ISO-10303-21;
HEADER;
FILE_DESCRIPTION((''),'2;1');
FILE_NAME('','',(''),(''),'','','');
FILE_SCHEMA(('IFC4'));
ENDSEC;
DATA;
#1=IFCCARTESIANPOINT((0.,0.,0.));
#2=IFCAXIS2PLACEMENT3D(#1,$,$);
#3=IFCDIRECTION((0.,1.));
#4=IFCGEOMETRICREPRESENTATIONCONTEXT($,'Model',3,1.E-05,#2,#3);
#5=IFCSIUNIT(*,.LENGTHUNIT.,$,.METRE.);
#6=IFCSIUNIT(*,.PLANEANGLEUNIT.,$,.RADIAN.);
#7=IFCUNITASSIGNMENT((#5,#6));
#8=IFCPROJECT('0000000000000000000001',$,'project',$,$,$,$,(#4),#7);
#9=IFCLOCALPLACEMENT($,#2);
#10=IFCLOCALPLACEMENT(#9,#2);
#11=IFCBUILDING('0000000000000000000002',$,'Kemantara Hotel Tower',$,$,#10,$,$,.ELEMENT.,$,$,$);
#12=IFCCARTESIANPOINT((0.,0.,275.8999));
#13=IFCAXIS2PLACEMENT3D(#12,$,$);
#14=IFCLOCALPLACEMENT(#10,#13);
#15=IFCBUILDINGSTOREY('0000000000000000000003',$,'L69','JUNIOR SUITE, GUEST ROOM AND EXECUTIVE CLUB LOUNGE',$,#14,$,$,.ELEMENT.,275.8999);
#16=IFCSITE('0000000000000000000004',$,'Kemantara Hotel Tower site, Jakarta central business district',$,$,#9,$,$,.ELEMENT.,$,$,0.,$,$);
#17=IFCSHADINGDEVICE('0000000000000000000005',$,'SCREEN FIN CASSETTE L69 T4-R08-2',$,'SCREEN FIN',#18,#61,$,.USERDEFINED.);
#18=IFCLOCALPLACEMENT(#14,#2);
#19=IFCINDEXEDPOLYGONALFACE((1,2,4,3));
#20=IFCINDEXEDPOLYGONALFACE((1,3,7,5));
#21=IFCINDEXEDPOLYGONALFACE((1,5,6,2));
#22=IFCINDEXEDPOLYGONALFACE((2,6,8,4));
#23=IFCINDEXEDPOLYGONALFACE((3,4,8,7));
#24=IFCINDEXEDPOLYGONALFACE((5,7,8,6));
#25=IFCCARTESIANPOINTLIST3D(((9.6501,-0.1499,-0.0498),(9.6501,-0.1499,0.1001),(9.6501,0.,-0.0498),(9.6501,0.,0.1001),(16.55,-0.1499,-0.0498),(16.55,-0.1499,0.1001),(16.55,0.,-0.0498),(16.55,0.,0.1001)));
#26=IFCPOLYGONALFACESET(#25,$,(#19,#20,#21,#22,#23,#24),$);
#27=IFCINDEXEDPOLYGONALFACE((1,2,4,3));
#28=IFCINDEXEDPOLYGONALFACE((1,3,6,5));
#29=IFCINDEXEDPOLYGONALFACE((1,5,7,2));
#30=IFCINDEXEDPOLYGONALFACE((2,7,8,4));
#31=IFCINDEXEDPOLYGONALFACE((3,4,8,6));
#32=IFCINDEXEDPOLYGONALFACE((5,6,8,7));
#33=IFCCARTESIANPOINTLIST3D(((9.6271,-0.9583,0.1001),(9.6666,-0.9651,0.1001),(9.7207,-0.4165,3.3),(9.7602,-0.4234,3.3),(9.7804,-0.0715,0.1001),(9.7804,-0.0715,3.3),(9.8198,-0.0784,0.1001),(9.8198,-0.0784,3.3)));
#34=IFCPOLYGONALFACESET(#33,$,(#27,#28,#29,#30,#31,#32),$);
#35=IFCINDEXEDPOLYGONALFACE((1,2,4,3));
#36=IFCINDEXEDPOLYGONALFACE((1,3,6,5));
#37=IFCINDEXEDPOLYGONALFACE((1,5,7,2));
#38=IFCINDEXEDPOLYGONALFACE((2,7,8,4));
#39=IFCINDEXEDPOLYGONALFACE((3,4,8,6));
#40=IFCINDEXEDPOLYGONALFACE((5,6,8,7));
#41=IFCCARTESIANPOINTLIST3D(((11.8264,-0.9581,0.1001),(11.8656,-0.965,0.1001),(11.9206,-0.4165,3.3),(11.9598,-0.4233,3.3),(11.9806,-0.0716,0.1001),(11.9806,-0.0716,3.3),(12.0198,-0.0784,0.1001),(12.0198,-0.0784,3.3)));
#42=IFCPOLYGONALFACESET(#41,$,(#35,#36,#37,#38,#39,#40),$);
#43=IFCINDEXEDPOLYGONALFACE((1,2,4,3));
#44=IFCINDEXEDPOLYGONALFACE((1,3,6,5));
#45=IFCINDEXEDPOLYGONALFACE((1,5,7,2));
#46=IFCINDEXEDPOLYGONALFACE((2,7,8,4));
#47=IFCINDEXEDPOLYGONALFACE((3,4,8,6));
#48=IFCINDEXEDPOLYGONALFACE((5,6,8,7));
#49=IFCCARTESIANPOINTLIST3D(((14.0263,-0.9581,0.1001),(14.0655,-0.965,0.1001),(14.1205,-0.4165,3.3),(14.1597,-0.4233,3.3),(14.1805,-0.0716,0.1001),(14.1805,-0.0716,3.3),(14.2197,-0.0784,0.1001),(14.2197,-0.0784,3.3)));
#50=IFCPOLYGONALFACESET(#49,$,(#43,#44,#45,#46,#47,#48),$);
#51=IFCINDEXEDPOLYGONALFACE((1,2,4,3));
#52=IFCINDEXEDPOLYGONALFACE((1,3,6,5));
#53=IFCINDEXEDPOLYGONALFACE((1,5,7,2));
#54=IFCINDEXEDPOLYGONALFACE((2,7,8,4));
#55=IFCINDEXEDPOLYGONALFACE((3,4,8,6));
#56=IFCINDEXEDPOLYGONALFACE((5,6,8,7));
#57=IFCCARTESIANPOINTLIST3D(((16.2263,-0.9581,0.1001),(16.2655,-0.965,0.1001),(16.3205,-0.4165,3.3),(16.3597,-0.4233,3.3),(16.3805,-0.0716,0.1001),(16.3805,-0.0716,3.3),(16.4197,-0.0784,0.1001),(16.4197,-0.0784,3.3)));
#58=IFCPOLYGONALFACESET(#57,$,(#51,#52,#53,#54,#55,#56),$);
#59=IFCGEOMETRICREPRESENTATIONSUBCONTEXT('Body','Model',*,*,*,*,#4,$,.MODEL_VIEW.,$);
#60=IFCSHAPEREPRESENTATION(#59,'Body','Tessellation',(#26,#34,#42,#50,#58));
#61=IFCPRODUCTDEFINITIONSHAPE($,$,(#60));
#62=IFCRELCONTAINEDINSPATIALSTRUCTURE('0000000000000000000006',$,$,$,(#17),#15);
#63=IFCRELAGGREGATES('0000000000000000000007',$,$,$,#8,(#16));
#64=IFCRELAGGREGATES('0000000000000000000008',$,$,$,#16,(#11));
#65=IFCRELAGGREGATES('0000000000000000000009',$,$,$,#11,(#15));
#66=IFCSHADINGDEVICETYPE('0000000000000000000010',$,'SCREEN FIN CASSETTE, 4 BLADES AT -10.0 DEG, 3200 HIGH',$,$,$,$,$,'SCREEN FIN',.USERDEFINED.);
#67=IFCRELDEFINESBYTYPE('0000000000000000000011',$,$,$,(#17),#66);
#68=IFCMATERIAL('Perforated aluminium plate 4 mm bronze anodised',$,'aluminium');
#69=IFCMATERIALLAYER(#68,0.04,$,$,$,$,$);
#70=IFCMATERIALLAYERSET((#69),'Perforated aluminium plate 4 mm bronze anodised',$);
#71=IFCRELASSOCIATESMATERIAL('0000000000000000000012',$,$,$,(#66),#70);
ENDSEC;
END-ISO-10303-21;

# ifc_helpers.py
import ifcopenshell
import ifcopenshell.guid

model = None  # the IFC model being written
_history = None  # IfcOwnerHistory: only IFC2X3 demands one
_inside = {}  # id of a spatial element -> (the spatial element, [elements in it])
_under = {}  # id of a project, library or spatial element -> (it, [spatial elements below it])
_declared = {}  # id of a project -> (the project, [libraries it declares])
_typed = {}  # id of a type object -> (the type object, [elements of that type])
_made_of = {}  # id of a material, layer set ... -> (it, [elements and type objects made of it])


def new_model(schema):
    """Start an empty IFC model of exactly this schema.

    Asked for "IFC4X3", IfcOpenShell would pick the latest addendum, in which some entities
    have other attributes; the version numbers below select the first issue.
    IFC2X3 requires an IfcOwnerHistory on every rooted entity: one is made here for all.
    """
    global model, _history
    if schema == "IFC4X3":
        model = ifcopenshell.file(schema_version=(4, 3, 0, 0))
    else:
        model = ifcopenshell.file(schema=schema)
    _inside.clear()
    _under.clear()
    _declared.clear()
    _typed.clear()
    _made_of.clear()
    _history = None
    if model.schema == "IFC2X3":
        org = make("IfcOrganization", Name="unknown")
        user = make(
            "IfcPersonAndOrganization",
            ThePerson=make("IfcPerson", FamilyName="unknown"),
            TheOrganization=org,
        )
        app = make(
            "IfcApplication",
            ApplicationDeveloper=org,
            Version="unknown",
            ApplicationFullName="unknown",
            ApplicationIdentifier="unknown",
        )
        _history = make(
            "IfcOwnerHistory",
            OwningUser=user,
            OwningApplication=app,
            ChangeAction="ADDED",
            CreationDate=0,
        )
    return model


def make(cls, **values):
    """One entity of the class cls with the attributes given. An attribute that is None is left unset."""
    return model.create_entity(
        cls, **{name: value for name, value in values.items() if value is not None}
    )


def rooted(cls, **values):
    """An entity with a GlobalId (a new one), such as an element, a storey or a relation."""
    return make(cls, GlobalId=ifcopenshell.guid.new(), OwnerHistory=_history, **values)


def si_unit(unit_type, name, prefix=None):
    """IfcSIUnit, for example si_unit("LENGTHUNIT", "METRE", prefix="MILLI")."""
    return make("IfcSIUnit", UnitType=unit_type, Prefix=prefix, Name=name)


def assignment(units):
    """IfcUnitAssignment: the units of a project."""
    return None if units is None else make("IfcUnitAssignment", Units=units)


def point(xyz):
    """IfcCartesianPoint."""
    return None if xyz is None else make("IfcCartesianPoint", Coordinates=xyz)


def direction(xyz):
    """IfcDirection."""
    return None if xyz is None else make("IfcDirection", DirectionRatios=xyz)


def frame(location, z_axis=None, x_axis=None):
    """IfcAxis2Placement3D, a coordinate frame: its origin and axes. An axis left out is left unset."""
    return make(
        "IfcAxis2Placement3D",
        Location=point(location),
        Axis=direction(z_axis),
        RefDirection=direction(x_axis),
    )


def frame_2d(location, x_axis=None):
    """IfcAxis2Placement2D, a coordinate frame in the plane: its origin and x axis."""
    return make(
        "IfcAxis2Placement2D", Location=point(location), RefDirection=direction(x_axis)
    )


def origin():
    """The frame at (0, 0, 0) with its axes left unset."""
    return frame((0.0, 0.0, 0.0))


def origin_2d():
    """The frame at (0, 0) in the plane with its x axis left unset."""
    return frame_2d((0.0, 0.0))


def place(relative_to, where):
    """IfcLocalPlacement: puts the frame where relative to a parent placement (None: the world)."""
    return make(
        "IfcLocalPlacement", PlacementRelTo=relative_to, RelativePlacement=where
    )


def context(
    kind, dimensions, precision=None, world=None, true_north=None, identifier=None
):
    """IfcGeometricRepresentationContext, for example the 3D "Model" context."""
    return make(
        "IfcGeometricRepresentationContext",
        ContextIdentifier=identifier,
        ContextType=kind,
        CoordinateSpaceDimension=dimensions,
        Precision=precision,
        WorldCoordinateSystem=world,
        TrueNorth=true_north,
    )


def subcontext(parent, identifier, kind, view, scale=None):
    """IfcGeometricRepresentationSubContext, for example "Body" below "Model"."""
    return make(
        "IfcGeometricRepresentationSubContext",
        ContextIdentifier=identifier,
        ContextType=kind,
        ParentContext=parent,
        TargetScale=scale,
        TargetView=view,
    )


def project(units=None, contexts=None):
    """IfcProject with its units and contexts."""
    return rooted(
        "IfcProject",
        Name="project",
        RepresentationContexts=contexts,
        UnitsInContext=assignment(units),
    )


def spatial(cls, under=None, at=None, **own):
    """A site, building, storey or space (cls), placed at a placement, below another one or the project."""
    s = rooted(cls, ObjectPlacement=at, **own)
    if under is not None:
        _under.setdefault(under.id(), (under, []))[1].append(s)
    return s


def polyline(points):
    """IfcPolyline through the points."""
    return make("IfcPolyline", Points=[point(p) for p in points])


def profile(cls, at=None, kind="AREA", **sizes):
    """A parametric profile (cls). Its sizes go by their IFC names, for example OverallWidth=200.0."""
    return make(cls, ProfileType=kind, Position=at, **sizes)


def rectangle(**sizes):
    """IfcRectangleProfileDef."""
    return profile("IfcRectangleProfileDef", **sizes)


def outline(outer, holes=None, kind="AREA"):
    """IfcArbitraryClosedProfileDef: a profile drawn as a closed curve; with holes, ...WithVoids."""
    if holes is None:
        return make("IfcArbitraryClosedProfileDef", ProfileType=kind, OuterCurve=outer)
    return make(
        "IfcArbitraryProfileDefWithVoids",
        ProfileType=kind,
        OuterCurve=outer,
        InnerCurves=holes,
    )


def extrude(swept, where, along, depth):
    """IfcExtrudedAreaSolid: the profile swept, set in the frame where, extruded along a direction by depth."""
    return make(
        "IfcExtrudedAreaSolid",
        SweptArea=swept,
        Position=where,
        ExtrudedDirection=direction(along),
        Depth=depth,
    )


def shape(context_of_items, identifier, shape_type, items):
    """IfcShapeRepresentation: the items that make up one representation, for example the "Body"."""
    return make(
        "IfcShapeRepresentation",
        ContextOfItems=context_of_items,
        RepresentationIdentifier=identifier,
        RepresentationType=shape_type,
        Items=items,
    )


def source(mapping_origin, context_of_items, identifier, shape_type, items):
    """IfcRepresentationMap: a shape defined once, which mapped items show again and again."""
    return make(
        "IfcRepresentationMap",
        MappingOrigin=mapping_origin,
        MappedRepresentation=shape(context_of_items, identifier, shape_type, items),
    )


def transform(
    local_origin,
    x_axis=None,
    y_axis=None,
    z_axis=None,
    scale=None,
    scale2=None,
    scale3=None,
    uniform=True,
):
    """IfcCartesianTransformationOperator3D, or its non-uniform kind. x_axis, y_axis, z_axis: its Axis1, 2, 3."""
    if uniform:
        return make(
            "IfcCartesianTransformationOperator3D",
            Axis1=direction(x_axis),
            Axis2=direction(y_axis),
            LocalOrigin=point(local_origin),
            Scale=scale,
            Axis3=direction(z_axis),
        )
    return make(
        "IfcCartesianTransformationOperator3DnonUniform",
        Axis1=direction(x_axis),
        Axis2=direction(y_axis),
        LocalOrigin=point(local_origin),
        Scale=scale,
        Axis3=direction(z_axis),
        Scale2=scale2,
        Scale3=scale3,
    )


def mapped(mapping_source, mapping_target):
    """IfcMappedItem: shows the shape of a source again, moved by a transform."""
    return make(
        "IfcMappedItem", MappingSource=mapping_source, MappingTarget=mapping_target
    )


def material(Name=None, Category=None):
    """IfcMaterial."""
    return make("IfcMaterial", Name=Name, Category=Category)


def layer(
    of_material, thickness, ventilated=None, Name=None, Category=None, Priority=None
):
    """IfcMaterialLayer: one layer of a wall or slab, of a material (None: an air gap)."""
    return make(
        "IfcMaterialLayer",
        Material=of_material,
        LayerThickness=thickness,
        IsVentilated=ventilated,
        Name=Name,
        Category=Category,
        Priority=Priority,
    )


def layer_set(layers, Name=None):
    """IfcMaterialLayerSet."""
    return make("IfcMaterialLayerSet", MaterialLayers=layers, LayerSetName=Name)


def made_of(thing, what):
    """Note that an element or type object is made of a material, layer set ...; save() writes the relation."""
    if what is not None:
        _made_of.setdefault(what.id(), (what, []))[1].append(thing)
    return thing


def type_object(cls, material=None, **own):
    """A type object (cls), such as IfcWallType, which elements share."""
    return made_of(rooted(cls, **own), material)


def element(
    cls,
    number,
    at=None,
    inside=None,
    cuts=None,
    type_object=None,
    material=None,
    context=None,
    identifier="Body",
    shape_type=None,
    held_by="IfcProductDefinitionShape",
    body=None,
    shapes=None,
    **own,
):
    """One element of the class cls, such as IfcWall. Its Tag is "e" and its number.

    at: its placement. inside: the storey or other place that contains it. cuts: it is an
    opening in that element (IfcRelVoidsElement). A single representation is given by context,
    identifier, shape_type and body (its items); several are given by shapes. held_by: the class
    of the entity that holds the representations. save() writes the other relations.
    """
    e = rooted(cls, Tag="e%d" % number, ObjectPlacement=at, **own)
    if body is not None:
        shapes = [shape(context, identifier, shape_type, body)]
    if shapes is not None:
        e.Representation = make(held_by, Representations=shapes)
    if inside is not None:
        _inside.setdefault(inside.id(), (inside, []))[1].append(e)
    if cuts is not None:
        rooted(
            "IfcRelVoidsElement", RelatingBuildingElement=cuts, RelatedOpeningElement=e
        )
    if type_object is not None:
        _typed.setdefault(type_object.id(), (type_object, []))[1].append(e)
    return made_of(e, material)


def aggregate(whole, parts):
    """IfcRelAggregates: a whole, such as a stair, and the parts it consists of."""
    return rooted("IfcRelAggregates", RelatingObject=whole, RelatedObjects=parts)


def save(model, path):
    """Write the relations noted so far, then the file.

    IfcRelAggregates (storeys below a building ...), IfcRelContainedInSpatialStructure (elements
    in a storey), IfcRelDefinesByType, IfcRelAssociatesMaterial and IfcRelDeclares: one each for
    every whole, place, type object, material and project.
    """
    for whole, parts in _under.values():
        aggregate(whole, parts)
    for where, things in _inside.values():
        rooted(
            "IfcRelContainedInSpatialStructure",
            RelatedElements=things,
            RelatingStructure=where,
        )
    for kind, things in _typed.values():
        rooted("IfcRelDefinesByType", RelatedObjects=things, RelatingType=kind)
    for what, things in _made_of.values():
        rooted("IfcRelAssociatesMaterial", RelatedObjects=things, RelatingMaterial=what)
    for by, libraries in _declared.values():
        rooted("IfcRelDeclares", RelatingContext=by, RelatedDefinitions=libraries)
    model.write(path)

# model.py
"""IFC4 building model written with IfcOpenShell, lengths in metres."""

from ifc_helpers import new_model, si_unit, direction, frame, origin, origin_2d, place, context, subcontext, project, spatial, polyline, rectangle, outline, extrude, source, transform, mapped, material, layer, layer_set, type_object, element, save


model = new_model("IFC4")

# Units and contexts
model_context = context("Model", 3, precision=1e-05, world=origin(), true_north=direction((0.0, 1.0)))
body_context = subcontext(model_context, "Body", "Model", "MODEL_VIEW")
ifc_project = project(units=[si_unit("LENGTHUNIT", "METRE"), si_unit("PLANEANGLEUNIT", "RADIAN")], contexts=[model_context])

# Site, building, storey
site_placement = place(None, origin())
site = spatial("IfcSite", under=ifc_project, at=site_placement, Name="Kemantara Hotel Tower site, Jakarta central business district", CompositionType="ELEMENT", RefElevation=0.0)
building_placement = place(site_placement, origin())
building = spatial("IfcBuilding", under=site, at=building_placement, Name="Kemantara Hotel Tower", CompositionType="ELEMENT")
storey_placement = place(building_placement, frame((0.0, 0.0, 275.8999)))
storey = spatial("IfcBuildingStorey", under=building, at=storey_placement, Name="L69", Description="JUNIOR SUITE, GUEST ROOM AND EXECUTIVE CLUB LOUNGE", CompositionType="ELEMENT", Elevation=275.8999)

# Shading device
ifc_material_1 = material(Name="Perforated aluminium plate 4 mm bronze anodised", Category="aluminium")
ifc_layer_1 = layer(ifc_material_1, 0.04)
ifc_layer_set_1 = layer_set([ifc_layer_1], Name="Perforated aluminium plate 4 mm bronze anodised")
shading_device_type_1 = type_object("IfcShadingDeviceType", Name="SCREEN FIN CASSETTE, 4 BLADES AT -10.0 DEG, 3200 HIGH", ElementType="SCREEN FIN", PredefinedType="USERDEFINED", material=ifc_layer_set_1)
shared_shape_1 = source(origin(), body_context, "Body", "SweptSolid", [
    extrude(rectangle(XDim=6.8999, YDim=0.1499, at=origin_2d()), frame((3.3, -0.075, -0.1499), z_axis=(0.0, 0.0, 1.0), x_axis=(1.0, 0.0, 0.0)), (0.0, 0.0, 1.0), 0.1499),
    extrude(outline(polyline([(0.0, 0.0), (0.8999, 0.0), (0.3501, 3.2), (0.0, 3.2), (0.0, 0.0)])), frame((0.0198, -0.0784, 0.0), z_axis=(-0.98539, 0.170314, 0.0), x_axis=(-0.170314, -0.98539, 0.0)), (0.0, 0.0, 1.0), 0.04),
    extrude(outline(polyline([(0.0, 0.0), (0.8999, 0.0), (0.3501, 3.2), (0.0, 3.2), (0.0, 0.0)])), frame((2.2197, -0.0784, 0.0), z_axis=(-0.985212, 0.171341, 0.0), x_axis=(-0.171341, -0.985212, 0.0)), (0.0, 0.0, 1.0), 0.0398),
    extrude(outline(polyline([(0.0, 0.0), (0.8999, 0.0), (0.3501, 3.2), (0.0, 3.2), (0.0, 0.0)])), frame((4.4197, -0.0784, 0.0), z_axis=(-0.985212, 0.171341, 0.0), x_axis=(-0.171341, -0.985212, 0.0)), (0.0, 0.0, 1.0), 0.0398),
    extrude(outline(polyline([(0.0, 0.0), (0.8999, 0.0), (0.3501, 3.2), (0.0, 3.2), (0.0, 0.0)])), frame((6.6196, -0.0784, 0.0), z_axis=(-0.985212, 0.171341, 0.0), x_axis=(-0.171341, -0.985212, 0.0)), (0.0, 0.0, 1.0), 0.0398),
])
shading_device_placement = place(storey_placement, frame((9.8, 0.0, 0.1001), z_axis=(0.0, 0.0, 1.0), x_axis=(1.0, 0.0, 0.0)))
element("IfcShadingDevice", 1, at=shading_device_placement, inside=storey, type_object=shading_device_type_1, Name="SCREEN FIN CASSETTE L69 T4-R08-2", ObjectType="SCREEN FIN", PredefinedType="USERDEFINED", context=body_context, shape_type="MappedRepresentation", body=[
    mapped(shared_shape_1, transform((0.0, 0.0, 0.0))),
])

save(model, "model.ifc")
